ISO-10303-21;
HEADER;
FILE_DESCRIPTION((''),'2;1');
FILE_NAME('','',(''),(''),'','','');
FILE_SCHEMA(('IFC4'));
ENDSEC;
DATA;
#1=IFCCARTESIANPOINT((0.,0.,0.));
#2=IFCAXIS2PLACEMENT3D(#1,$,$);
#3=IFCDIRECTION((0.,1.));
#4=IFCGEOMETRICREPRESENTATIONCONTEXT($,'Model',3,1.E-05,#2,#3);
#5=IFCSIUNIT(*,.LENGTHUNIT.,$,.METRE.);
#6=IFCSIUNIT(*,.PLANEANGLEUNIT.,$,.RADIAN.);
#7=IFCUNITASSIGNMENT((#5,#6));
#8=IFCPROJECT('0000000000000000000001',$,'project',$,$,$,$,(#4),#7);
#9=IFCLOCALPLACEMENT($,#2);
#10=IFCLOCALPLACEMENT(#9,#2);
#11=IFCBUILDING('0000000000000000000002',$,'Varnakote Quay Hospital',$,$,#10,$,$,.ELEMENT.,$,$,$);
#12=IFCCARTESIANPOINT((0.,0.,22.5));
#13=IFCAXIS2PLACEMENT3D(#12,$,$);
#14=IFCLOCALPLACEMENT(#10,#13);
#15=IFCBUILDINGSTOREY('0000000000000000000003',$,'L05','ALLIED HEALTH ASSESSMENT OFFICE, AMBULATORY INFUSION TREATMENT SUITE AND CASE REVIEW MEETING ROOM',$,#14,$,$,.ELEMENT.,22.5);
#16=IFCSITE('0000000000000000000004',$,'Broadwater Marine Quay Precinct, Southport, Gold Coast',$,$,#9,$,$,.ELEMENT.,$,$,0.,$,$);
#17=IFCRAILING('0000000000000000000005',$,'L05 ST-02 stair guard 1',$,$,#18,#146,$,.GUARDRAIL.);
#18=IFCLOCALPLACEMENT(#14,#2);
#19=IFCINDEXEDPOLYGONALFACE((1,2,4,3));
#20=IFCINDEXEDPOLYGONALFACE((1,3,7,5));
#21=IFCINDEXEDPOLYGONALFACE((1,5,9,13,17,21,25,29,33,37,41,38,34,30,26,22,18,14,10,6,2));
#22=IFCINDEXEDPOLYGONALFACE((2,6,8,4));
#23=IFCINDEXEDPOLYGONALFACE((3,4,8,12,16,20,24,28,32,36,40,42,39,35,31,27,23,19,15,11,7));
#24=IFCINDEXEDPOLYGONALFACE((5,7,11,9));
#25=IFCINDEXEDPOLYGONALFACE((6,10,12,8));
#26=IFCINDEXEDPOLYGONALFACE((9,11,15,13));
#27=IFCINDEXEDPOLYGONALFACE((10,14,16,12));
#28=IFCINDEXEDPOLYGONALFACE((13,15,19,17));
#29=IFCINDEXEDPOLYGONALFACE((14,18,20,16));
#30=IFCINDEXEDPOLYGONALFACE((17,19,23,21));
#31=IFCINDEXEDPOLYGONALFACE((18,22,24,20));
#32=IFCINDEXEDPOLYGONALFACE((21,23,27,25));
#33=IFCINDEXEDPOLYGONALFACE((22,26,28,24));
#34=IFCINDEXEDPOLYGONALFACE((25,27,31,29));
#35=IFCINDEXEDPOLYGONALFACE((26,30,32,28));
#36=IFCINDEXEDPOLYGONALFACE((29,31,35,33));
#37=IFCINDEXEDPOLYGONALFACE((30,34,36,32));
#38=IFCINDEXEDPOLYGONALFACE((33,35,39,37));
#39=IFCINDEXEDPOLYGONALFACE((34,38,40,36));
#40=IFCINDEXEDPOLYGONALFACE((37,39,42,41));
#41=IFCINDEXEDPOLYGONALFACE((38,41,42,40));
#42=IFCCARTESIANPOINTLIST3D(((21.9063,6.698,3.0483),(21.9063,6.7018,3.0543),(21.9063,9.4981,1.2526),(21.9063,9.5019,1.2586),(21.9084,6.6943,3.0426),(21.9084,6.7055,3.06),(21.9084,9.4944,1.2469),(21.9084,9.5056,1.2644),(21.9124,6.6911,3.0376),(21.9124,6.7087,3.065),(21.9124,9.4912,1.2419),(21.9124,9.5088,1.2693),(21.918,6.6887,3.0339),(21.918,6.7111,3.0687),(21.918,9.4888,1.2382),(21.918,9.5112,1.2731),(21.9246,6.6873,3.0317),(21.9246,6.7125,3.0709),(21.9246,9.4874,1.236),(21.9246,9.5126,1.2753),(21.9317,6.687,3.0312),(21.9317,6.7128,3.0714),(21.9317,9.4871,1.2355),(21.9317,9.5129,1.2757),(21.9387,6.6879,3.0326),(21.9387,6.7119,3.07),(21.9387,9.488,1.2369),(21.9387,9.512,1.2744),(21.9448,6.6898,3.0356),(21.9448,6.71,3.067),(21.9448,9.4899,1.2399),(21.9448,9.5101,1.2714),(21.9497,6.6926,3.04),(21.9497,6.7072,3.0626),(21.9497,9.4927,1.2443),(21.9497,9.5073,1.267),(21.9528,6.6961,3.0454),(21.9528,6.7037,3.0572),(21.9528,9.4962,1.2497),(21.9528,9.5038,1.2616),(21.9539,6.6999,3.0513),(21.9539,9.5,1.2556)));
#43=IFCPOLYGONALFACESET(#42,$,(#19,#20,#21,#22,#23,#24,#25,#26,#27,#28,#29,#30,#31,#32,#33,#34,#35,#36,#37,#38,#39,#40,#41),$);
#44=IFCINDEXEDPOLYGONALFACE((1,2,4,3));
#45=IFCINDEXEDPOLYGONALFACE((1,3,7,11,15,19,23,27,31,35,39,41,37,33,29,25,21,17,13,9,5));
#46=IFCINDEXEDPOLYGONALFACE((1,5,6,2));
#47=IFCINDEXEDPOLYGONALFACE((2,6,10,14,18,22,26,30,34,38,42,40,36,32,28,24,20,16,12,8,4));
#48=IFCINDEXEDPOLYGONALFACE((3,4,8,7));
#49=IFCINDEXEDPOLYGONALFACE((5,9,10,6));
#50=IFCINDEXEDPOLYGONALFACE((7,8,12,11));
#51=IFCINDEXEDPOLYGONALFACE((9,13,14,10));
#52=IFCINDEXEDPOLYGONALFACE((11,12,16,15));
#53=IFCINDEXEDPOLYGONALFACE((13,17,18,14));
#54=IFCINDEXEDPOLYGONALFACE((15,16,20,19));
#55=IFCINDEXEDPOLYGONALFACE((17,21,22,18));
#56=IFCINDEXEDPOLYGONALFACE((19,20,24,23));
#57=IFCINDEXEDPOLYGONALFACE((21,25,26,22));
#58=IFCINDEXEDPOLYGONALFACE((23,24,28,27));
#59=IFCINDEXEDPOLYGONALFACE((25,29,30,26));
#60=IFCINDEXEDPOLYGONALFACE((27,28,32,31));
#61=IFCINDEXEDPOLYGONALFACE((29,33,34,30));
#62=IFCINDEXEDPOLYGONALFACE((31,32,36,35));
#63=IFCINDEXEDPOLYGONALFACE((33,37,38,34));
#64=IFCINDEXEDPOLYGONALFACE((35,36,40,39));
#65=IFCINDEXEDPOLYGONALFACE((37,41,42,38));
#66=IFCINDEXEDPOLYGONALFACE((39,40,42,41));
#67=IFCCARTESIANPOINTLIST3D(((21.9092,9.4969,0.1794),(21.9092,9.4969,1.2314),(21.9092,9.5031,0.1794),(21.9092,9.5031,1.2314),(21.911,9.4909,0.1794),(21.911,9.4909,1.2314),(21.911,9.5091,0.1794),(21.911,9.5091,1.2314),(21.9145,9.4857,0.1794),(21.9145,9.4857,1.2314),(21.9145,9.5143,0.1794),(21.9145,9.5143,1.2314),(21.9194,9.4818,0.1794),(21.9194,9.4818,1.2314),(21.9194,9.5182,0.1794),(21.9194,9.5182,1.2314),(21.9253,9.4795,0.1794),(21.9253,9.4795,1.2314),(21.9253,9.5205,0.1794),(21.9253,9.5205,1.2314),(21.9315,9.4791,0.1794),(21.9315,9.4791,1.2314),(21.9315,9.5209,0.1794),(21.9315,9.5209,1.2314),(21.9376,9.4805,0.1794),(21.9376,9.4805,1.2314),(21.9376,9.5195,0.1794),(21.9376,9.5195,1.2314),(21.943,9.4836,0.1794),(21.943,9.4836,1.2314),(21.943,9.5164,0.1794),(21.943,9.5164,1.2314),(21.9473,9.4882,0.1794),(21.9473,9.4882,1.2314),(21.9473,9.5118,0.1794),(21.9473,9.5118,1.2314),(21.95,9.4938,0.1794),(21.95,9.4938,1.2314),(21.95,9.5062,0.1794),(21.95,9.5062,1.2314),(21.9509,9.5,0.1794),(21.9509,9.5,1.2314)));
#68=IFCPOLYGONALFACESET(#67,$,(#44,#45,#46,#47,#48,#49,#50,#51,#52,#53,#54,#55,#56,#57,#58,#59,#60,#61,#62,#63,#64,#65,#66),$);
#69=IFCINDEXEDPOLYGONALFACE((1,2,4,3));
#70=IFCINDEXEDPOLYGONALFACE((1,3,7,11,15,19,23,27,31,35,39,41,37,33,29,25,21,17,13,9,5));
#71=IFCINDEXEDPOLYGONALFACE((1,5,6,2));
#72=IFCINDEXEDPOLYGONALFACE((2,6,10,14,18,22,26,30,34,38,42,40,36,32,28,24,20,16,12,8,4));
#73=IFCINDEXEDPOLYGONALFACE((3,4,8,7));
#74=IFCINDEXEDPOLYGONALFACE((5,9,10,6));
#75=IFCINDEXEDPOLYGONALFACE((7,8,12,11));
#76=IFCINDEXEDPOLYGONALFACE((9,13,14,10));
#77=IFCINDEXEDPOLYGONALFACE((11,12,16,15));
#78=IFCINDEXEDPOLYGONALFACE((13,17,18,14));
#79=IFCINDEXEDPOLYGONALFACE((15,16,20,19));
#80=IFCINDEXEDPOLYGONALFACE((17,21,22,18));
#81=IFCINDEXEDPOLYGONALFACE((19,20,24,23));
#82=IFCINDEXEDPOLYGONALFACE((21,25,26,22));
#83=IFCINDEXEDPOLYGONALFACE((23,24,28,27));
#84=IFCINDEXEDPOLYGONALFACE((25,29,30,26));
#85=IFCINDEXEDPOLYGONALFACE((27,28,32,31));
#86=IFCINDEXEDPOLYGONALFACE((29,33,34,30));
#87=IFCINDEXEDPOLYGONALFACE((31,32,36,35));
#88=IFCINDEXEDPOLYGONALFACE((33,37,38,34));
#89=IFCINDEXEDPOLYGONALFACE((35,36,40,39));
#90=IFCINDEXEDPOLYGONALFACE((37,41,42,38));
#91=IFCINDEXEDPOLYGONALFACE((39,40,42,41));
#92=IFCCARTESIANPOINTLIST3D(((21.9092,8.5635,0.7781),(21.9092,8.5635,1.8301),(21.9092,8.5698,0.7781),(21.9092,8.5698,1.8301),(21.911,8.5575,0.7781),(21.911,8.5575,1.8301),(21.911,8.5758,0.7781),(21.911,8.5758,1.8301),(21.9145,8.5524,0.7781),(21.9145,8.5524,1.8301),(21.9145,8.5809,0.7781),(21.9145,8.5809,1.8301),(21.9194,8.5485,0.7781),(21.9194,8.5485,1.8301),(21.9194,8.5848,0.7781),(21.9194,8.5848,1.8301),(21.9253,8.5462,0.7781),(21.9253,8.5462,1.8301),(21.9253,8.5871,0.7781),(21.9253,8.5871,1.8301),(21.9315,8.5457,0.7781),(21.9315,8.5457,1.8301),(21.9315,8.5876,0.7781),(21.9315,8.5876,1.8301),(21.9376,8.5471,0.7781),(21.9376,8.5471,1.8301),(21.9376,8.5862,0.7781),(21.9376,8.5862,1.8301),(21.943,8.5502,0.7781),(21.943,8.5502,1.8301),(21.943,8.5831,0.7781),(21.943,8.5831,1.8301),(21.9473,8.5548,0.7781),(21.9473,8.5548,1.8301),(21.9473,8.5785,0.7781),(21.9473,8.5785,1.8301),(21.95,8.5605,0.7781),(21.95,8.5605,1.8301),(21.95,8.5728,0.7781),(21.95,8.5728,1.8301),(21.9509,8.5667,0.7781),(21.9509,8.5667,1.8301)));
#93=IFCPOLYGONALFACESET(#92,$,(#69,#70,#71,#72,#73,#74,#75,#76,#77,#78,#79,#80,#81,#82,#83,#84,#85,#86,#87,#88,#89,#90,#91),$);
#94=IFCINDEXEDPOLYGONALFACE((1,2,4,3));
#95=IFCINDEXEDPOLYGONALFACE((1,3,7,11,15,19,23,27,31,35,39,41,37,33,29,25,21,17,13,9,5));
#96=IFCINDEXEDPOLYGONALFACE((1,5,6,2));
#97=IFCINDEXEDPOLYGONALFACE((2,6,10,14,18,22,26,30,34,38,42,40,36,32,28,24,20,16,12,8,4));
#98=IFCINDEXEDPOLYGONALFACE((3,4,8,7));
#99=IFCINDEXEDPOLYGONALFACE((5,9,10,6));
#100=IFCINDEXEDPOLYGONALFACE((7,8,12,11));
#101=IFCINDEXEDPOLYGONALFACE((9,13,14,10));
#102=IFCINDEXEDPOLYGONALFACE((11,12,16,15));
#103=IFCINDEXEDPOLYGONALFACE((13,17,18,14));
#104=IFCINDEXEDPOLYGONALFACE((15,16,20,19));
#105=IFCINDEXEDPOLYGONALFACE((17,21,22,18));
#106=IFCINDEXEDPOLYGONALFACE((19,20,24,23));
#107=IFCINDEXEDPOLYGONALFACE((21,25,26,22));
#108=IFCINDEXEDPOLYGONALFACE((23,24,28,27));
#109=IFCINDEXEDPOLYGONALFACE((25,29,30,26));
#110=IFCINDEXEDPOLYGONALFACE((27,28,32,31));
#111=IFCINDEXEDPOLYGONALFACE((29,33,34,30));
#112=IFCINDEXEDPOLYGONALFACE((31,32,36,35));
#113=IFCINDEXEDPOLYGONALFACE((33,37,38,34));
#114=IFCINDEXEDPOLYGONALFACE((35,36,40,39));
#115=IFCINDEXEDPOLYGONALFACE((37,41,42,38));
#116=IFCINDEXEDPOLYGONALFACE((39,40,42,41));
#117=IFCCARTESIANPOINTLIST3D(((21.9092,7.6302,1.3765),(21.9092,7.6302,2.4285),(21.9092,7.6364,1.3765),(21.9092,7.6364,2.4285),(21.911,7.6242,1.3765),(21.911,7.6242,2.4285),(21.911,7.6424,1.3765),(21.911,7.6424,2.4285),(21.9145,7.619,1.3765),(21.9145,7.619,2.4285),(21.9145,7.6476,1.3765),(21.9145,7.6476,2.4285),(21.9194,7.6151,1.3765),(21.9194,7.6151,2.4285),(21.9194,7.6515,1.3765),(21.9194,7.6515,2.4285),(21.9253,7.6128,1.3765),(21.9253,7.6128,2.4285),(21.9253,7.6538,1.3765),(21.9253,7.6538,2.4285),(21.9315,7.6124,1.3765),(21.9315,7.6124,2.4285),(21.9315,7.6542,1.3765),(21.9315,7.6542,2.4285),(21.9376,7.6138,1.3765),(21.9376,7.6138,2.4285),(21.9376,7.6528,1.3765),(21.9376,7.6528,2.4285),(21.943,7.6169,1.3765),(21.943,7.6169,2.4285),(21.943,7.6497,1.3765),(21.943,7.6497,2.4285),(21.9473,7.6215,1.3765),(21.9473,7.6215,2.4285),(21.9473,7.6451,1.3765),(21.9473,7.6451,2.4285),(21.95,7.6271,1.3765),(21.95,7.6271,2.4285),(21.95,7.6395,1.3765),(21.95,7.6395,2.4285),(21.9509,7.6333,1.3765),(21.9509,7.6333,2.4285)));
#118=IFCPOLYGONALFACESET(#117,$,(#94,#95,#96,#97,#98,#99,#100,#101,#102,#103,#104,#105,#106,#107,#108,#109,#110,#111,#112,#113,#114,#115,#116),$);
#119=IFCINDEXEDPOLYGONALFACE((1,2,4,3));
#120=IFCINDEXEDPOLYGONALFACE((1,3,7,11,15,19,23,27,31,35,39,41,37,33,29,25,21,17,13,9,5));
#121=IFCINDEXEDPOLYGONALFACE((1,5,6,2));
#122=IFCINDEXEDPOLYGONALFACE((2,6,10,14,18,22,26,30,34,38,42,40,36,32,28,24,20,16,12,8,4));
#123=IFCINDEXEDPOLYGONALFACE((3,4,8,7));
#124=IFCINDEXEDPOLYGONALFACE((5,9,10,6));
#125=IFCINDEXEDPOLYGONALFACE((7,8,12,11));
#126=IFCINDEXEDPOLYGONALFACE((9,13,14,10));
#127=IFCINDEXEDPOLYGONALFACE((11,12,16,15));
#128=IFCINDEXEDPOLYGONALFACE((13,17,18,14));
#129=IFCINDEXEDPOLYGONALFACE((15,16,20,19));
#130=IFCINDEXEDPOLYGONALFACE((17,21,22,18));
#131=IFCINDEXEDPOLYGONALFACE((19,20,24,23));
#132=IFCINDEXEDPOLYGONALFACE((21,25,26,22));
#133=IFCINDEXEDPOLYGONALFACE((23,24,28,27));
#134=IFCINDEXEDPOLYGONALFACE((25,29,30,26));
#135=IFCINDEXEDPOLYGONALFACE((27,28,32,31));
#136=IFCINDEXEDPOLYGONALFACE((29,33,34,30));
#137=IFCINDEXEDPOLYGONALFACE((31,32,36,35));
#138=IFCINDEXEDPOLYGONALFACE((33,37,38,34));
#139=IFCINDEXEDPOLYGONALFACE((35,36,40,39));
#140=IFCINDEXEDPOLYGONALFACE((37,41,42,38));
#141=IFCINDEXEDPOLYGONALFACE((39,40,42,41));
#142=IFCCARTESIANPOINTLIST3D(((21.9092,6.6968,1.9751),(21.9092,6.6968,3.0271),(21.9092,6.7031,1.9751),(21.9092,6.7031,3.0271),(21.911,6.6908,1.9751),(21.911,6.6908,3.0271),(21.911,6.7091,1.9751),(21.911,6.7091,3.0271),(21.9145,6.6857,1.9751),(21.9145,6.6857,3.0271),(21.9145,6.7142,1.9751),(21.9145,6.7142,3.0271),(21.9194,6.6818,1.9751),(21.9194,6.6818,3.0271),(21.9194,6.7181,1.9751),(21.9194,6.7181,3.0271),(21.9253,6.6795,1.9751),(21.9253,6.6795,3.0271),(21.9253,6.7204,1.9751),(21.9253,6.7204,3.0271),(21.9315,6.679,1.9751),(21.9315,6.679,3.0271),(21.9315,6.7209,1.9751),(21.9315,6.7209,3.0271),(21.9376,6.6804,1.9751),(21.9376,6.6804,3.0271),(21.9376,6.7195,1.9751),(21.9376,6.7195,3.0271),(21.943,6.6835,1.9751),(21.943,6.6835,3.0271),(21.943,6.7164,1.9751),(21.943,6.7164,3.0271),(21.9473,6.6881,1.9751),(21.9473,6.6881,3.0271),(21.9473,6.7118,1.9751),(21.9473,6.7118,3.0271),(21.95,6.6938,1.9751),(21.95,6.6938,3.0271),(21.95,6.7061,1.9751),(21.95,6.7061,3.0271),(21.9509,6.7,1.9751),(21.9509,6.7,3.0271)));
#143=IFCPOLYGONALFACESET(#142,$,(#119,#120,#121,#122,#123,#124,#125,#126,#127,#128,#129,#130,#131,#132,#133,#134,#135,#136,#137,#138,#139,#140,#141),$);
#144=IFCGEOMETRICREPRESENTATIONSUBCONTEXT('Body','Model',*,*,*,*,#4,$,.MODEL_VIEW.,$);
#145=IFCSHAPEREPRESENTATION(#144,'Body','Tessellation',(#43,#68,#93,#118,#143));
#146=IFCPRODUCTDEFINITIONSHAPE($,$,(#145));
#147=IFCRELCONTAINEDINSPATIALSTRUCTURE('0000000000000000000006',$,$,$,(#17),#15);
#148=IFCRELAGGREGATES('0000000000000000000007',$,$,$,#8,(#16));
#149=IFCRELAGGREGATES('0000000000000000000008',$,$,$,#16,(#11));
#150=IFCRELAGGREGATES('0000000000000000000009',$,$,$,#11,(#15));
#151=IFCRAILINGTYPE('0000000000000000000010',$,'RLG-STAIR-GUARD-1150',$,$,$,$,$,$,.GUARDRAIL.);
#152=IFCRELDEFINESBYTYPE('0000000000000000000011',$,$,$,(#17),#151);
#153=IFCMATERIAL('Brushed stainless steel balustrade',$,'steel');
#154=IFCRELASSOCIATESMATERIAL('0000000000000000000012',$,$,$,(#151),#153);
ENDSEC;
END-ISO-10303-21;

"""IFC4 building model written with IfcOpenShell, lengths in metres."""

from ifc_helpers import new_model, si_unit, direction, frame, origin, origin_2d, place, context, subcontext, project, spatial, circle, extrude, material, type_object, element, save


model = new_model("IFC4")

# Units and contexts
model_context = context("Model", 3, precision=1e-05, world=origin(), true_north=direction((0.0, 1.0)))
body_context = subcontext(model_context, "Body", "Model", "MODEL_VIEW")
ifc_project = project(units=[si_unit("LENGTHUNIT", "METRE"), si_unit("PLANEANGLEUNIT", "RADIAN")], contexts=[model_context])

# Site, building, storey
site_placement = place(None, origin())
site = spatial("IfcSite", under=ifc_project, at=site_placement, Name="Broadwater Marine Quay Precinct, Southport, Gold Coast", CompositionType="ELEMENT", RefElevation=0.0)
building_placement = place(site_placement, origin())
building = spatial("IfcBuilding", under=site, at=building_placement, Name="Varnakote Quay Hospital", CompositionType="ELEMENT")
storey_placement = place(building_placement, frame((0.0, 0.0, 22.5)))
storey = spatial("IfcBuildingStorey", under=building, at=storey_placement, Name="L05", Description="ALLIED HEALTH ASSESSMENT OFFICE, AMBULATORY INFUSION TREATMENT SUITE AND CASE REVIEW MEETING ROOM", CompositionType="ELEMENT", Elevation=22.5)

# Railing
ifc_material_1 = material(Name="Brushed stainless steel balustrade", Category="steel")
railing_type_1 = type_object("IfcRailingType", Name="RLG-STAIR-GUARD-1150", PredefinedType="GUARDRAIL", material=ifc_material_1)
railing_1_placement = place(storey_placement, frame((21.9299, 9.5, 0.1794)))
element("IfcRailing", 1, at=railing_1_placement, inside=storey, type_object=railing_type_1, Name="L05 ST-02 stair guard 1", PredefinedType="GUARDRAIL", context=body_context, shape_type="SweptSolid", body=[
    extrude(circle(Radius=0.0239, at=origin_2d()), frame((0.0, 0.0, 1.0762), z_axis=(0.0, -0.841777, 0.539826), x_axis=(1.0, 0.0, 0.0)), (0.0, 0.0, 1.0), 3.3264),
    extrude(circle(Radius=0.021, at=origin_2d()), origin(), (0.0, 0.0, 1.0), 1.052),
    extrude(circle(Radius=0.021, at=origin_2d()), frame((0.0, -0.9333, 0.5986)), (0.0, 0.0, 1.0), 1.052),
    extrude(circle(Radius=0.021, at=origin_2d()), frame((0.0, -1.8667, 1.197)), (0.0, 0.0, 1.0), 1.052),
    extrude(circle(Radius=0.021, at=origin_2d()), frame((0.0, -2.8, 1.7957)), (0.0, 0.0, 1.0), 1.052),
])

save(model, "model.ifc")
